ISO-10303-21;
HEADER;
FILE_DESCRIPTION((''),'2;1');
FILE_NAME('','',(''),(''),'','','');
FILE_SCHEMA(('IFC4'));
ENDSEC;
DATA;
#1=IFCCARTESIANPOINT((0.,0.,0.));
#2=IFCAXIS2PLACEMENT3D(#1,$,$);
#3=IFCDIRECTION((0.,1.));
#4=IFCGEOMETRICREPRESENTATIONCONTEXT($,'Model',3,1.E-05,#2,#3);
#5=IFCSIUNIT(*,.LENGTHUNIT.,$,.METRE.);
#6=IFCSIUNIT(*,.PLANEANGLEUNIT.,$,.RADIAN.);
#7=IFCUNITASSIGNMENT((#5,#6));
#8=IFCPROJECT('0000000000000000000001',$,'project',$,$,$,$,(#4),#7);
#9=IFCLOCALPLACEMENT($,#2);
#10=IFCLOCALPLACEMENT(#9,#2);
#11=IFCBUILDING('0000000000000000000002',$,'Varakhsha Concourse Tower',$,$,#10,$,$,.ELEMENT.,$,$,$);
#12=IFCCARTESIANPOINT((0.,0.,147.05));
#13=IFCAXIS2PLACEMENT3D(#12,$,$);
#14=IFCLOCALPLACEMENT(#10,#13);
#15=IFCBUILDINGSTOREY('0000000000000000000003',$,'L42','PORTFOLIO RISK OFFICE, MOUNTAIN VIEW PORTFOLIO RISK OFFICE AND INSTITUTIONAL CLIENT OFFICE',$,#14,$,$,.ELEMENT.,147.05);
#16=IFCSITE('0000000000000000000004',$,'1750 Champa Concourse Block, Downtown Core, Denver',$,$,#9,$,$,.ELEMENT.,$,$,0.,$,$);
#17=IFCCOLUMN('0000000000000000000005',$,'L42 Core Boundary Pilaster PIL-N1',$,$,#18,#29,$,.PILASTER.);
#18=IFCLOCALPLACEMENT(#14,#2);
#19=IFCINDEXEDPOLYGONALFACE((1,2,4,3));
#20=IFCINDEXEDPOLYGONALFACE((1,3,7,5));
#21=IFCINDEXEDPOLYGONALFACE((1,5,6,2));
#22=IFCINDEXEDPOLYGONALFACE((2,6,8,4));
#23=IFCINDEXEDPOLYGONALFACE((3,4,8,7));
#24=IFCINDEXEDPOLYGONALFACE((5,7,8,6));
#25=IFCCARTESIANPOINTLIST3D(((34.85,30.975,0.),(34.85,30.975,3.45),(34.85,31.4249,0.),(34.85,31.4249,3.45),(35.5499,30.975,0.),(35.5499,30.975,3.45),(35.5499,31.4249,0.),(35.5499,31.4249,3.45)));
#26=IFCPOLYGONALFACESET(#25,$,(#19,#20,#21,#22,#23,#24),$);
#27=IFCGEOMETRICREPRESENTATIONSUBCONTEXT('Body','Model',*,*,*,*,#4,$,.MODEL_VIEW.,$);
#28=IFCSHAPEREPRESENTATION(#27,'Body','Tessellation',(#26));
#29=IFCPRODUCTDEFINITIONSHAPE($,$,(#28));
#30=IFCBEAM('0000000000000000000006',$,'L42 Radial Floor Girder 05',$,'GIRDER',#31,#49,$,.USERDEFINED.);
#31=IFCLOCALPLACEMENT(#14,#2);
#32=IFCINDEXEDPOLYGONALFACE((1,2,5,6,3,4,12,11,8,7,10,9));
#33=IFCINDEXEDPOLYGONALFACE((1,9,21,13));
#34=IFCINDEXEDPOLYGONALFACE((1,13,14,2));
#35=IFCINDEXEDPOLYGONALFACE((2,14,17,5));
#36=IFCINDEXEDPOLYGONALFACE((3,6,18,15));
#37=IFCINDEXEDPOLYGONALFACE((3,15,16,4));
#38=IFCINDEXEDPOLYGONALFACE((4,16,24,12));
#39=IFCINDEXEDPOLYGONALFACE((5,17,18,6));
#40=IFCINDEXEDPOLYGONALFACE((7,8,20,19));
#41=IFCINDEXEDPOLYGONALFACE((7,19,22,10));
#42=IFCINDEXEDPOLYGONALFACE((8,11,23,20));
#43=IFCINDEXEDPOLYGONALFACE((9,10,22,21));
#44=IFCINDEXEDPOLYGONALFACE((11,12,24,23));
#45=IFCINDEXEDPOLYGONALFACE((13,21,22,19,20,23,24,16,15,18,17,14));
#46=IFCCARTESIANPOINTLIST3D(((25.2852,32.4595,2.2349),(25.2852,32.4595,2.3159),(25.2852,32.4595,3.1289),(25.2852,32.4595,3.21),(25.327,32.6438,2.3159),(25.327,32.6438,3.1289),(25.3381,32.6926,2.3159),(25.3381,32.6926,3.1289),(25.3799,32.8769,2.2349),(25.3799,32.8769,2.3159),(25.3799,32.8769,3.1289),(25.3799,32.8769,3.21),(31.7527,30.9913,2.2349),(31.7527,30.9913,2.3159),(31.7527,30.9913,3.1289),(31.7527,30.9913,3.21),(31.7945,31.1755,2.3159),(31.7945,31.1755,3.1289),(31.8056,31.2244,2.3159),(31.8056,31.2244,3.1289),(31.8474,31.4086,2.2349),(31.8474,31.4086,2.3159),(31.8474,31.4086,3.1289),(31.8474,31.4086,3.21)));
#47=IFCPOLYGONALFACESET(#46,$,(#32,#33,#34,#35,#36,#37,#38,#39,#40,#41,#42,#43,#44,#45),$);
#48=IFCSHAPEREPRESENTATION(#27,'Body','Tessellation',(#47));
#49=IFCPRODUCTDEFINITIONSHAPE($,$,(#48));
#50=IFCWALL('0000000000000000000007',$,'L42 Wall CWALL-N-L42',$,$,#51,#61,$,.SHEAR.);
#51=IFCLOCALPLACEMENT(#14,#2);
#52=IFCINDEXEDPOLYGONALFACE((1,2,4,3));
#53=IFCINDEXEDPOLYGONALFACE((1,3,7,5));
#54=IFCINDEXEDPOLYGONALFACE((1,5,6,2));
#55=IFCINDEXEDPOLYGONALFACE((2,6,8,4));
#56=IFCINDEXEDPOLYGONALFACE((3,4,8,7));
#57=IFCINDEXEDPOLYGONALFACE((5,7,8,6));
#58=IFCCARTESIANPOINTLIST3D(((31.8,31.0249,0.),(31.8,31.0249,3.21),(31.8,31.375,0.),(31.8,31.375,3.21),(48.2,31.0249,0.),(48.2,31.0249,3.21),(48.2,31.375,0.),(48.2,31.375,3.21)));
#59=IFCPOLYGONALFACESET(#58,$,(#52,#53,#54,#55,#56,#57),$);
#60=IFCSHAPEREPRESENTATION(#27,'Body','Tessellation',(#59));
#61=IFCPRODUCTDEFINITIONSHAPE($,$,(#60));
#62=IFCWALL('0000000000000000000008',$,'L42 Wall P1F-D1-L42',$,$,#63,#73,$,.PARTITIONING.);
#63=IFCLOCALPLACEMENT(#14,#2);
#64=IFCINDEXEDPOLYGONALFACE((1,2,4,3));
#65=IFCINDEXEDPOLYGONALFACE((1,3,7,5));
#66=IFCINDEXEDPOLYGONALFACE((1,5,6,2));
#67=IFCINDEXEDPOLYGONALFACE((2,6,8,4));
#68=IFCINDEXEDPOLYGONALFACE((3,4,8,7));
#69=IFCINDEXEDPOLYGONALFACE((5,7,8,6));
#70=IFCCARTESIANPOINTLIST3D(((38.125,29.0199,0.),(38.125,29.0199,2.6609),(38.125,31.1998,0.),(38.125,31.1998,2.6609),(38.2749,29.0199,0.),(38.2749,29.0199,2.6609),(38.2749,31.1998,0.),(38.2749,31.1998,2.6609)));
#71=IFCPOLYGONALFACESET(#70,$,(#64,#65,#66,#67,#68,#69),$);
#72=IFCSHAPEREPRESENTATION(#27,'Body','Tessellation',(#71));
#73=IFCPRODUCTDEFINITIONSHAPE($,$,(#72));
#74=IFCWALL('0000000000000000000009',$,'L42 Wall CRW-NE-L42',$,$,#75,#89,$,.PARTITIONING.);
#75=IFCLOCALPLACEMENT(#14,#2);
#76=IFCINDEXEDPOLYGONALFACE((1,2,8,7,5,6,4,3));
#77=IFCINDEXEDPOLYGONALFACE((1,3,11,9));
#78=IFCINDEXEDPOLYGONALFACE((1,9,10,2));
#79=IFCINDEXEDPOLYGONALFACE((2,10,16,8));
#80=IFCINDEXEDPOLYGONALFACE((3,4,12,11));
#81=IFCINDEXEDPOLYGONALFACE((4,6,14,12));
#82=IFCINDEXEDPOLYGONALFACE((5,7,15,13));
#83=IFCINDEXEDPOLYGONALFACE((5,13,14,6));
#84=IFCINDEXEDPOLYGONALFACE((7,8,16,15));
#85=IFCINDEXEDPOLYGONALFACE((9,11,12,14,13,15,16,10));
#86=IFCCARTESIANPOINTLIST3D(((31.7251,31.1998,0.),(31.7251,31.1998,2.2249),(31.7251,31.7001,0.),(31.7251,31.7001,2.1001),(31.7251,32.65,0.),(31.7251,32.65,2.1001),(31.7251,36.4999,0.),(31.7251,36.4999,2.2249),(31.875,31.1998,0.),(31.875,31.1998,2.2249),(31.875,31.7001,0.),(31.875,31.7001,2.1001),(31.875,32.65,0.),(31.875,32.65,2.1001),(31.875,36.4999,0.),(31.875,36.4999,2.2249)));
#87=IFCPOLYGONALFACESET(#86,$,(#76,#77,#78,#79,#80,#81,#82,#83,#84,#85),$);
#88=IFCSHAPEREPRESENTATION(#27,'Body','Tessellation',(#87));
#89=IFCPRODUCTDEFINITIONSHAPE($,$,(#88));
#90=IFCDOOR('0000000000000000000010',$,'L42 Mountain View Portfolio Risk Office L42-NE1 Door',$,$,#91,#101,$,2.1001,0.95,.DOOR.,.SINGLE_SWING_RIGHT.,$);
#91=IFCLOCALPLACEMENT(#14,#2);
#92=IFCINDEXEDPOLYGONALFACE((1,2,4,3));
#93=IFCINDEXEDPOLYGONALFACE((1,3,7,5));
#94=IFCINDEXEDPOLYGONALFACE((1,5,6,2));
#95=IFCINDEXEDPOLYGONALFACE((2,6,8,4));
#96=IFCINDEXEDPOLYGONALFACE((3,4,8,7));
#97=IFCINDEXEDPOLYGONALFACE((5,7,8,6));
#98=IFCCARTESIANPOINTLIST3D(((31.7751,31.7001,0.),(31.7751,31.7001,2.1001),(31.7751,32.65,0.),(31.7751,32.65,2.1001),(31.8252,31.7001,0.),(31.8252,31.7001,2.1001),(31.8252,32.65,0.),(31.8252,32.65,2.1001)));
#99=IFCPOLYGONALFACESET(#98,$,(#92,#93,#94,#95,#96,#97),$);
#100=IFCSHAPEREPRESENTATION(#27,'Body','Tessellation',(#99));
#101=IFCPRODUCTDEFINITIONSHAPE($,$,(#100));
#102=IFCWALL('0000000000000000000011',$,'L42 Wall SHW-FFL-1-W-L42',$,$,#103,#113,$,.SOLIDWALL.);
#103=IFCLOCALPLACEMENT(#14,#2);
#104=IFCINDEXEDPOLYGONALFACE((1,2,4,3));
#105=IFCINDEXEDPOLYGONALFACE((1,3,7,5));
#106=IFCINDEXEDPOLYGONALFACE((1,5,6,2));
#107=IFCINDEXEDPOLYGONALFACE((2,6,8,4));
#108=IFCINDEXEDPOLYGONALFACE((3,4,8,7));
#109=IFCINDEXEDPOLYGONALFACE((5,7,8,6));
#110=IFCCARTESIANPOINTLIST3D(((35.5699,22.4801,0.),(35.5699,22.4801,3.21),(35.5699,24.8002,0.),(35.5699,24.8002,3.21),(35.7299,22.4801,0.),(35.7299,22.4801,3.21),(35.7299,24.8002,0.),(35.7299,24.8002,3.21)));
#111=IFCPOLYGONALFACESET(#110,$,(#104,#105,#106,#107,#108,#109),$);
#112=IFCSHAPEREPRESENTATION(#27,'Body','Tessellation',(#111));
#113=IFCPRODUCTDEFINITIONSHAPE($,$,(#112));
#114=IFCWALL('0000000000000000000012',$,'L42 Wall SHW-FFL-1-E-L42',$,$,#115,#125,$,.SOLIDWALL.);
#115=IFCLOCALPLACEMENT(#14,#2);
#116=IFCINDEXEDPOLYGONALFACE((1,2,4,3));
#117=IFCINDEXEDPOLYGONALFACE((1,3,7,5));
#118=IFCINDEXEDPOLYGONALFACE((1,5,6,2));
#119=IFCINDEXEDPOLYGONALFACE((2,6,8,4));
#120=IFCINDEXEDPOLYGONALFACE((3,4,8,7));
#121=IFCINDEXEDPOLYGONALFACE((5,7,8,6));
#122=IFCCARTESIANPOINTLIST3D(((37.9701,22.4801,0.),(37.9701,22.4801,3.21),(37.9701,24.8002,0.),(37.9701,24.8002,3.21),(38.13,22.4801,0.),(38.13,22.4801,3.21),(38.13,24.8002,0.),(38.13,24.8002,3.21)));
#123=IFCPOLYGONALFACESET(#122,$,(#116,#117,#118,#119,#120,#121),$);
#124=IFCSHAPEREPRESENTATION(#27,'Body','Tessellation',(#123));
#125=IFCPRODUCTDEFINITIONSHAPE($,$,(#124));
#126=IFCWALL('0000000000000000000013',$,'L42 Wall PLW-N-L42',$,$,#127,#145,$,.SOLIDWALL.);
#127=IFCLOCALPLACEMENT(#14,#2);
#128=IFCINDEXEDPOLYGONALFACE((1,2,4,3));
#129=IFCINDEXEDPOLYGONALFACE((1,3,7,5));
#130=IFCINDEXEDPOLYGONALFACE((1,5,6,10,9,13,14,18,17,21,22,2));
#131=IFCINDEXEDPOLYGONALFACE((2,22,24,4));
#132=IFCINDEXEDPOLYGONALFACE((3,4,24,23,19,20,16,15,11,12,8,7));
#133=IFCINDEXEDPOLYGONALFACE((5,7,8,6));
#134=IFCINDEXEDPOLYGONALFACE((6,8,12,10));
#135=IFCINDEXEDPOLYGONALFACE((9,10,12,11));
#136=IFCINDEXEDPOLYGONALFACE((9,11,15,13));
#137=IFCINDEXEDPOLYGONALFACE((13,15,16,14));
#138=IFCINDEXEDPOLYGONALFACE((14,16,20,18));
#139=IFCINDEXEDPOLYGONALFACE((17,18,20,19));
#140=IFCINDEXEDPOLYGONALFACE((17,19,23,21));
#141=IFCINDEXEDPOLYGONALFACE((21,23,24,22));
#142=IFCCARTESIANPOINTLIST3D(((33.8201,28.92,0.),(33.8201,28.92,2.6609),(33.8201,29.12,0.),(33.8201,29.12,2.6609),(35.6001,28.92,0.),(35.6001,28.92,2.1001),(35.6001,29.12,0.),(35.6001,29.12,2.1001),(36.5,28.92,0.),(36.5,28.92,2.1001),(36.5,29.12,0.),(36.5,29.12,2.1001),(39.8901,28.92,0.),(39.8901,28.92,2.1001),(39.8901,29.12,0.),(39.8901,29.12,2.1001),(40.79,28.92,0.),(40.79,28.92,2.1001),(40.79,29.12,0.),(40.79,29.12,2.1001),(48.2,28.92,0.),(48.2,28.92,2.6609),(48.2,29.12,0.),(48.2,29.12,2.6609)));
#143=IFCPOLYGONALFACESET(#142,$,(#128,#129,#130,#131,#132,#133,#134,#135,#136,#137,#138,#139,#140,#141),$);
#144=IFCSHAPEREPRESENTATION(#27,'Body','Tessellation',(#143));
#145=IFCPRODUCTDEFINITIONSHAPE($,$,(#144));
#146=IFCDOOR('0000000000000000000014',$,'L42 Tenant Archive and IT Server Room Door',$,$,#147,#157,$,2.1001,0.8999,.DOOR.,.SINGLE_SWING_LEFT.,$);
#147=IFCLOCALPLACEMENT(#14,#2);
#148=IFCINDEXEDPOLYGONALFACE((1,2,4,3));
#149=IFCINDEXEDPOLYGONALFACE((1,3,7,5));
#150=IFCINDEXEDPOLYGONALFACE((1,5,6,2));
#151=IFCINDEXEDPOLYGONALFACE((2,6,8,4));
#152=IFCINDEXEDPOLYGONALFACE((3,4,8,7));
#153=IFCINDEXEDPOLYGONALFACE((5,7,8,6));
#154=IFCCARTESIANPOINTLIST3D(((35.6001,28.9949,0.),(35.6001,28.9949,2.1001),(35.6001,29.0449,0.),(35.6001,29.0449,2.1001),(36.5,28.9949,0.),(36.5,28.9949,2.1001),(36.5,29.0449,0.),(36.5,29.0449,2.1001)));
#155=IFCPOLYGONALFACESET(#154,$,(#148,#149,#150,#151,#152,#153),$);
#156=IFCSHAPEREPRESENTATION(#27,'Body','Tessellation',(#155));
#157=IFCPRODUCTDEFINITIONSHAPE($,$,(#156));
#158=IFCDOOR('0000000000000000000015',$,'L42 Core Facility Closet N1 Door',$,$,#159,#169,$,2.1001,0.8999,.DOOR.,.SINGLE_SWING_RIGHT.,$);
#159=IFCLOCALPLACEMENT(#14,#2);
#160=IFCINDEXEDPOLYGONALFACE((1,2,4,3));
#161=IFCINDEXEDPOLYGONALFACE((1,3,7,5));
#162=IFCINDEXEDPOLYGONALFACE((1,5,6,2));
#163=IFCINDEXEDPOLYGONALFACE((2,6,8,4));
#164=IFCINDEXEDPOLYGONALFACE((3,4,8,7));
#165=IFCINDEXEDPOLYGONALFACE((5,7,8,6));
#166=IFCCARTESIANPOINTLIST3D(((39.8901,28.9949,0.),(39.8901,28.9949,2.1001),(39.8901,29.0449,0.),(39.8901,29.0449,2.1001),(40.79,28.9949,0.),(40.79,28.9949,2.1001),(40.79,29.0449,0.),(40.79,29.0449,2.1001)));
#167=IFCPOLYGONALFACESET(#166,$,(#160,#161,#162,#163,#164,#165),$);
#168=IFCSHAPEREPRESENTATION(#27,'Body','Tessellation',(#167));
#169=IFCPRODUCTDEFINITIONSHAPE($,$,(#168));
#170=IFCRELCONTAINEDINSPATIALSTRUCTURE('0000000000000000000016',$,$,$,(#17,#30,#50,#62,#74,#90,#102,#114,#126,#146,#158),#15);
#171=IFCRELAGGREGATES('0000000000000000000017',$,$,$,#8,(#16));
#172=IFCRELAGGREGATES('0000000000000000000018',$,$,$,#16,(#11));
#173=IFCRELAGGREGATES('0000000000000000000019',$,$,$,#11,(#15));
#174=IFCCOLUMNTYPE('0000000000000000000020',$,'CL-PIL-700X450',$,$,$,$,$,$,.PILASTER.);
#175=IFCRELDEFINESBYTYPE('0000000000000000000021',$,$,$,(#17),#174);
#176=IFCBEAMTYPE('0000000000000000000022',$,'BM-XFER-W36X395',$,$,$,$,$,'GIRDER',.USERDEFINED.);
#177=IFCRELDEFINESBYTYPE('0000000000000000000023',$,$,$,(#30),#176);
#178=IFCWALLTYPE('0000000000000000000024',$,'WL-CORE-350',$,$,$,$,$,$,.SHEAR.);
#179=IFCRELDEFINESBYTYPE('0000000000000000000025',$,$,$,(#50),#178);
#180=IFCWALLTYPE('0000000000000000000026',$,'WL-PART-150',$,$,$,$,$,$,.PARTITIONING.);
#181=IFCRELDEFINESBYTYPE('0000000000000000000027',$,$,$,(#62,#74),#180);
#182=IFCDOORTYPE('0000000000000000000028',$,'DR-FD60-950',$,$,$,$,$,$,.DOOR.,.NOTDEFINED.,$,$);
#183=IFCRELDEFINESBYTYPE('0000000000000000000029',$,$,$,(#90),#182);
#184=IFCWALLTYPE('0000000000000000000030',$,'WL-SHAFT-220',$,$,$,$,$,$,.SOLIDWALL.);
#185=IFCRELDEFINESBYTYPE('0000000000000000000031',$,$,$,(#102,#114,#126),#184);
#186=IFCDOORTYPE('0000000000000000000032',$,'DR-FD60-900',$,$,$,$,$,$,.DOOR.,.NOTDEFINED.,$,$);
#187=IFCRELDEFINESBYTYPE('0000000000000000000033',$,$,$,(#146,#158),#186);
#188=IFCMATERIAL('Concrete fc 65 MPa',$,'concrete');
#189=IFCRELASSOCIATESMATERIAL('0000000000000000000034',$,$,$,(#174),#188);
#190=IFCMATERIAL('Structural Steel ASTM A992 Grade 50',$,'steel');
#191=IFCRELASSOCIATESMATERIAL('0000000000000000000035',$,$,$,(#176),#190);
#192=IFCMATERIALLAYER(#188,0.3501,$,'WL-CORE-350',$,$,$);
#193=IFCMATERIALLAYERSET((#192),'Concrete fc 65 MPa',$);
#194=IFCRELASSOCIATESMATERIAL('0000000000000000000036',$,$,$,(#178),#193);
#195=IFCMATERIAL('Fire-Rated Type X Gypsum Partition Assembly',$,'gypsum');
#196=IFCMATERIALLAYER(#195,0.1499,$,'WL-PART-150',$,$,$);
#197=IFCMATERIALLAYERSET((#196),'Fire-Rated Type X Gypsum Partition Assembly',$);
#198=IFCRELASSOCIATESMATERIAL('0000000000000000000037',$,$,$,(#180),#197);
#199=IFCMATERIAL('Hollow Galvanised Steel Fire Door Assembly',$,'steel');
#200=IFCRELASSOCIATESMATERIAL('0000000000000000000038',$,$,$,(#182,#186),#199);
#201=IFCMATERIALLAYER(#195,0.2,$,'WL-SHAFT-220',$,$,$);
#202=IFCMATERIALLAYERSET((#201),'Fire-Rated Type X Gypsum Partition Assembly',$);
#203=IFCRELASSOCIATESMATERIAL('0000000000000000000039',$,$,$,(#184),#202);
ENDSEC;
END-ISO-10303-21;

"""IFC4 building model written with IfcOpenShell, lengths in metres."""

from ifc_helpers import new_model, si_unit, direction, frame, frame_2d, origin, origin_2d, place, context, subcontext, project, spatial, rectangle, i_section, extrude, material, layer, layer_set, material_profile, profile_set, type_object, element, fill, save


model = new_model("IFC4")

# Units and contexts
model_context = context("Model", 3, precision=1e-05, world=origin(), true_north=direction((0.0, 1.0)))
body_context = subcontext(model_context, "Body", "Model", "MODEL_VIEW")
ifc_project = project(units=[si_unit("LENGTHUNIT", "METRE"), si_unit("PLANEANGLEUNIT", "RADIAN")], contexts=[model_context])

# Site, building, storey
site_placement = place(None, origin())
site = spatial("IfcSite", under=ifc_project, at=site_placement, Name="1750 Champa Concourse Block, Downtown Core, Denver", CompositionType="ELEMENT", RefElevation=0.0)
building_placement = place(site_placement, origin())
building = spatial("IfcBuilding", under=site, at=building_placement, Name="Varakhsha Concourse Tower", CompositionType="ELEMENT")
storey_placement = place(building_placement, frame((0.0, 0.0, 147.05)))
storey = spatial("IfcBuildingStorey", under=building, at=storey_placement, Name="L42", Description="PORTFOLIO RISK OFFICE, MOUNTAIN VIEW PORTFOLIO RISK OFFICE AND INSTITUTIONAL CLIENT OFFICE", CompositionType="ELEMENT", Elevation=147.05)

# Column
ifc_material_1 = material(Name="Concrete fc 65 MPa", Category="concrete")
ifc_material_profile_1 = material_profile(ifc_material_1, rectangle(XDim=0.7, YDim=0.45, at=origin_2d()), Name="RC 700x450")
ifc_profile_set_1 = profile_set([ifc_material_profile_1], Name="Concrete fc 65 MPa")
column_type = type_object("IfcColumnType", Name="CL-PIL-700X450", PredefinedType="PILASTER", material=ifc_profile_set_1)
column_placement = place(storey_placement, frame((35.2, 31.2, 0.0), z_axis=(0.0, 0.0, 1.0), x_axis=(1.0, 0.0, 0.0)))
element("IfcColumn", 1, at=column_placement, inside=storey, type_object=column_type, Name="L42 Core Boundary Pilaster PIL-N1", PredefinedType="PILASTER", context=body_context, shape_type="SweptSolid", body=[
    extrude(rectangle(XDim=0.7, YDim=0.45, at=origin_2d()), origin(), (0.0, 0.0, 1.0), 3.45),
])

# Beam
ifc_material_2 = material(Name="Structural Steel ASTM A992 Grade 50", Category="steel")
ifc_material_profile_2 = material_profile(ifc_material_2, i_section(OverallWidth=0.428, OverallDepth=0.9751, WebThickness=0.05, FlangeThickness=0.0811, at=origin_2d()), Name="W36X395")
ifc_profile_set_2 = profile_set([ifc_material_profile_2], Name="Structural Steel ASTM A992 Grade 50")
beam_type = type_object("IfcBeamType", Name="BM-XFER-W36X395", ElementType="GIRDER", PredefinedType="USERDEFINED", material=ifc_profile_set_2)
beam_placement = place(storey_placement, frame((31.8, 31.2, 2.7224), z_axis=(-0.975186, 0.221387, 0.0), x_axis=(-0.221387, -0.975186, 0.0)))
element("IfcBeam", 2, at=beam_placement, inside=storey, type_object=beam_type, Name="L42 Radial Floor Girder 05", ObjectType="GIRDER", PredefinedType="USERDEFINED", context=body_context, shape_type="SweptSolid", body=[
    extrude(i_section(OverallWidth=0.428, OverallDepth=0.9751, WebThickness=0.05, FlangeThickness=0.0811, at=origin_2d()), origin(), (0.0, 0.0, 1.0), 6.6321),
])

# Walls
ifc_layer_1 = layer(ifc_material_1, 0.3501, Name="WL-CORE-350")
ifc_layer_set_1 = layer_set([ifc_layer_1], Name="Concrete fc 65 MPa")
wall_type_1 = type_object("IfcWallType", Name="WL-CORE-350", PredefinedType="SHEAR", material=ifc_layer_set_1)
wall_1_placement = place(storey_placement, frame((31.8, 31.2, 0.0), z_axis=(0.0, 0.0, 1.0), x_axis=(1.0, 0.0, 0.0)))
element("IfcWall", 3, at=wall_1_placement, inside=storey, type_object=wall_type_1, Name="L42 Wall CWALL-N-L42", PredefinedType="SHEAR", context=body_context, shape_type="SweptSolid", body=[
    extrude(rectangle(XDim=16.3999, YDim=0.3501, at=frame_2d((8.2, 0.0))), origin(), (0.0, 0.0, 1.0), 3.21),
])
ifc_material_3 = material(Name="Fire-Rated Type X Gypsum Partition Assembly", Category="gypsum")
ifc_layer_2 = layer(ifc_material_3, 0.1499, Name="WL-PART-150")
ifc_layer_set_2 = layer_set([ifc_layer_2], Name="Fire-Rated Type X Gypsum Partition Assembly")
wall_type_2 = type_object("IfcWallType", Name="WL-PART-150", PredefinedType="PARTITIONING", material=ifc_layer_set_2)
wall_2_placement = place(storey_placement, frame((38.2, 29.02, 0.0), z_axis=(0.0, 0.0, 1.0), x_axis=(0.0, 1.0, 0.0)))
element("IfcWall", 4, at=wall_2_placement, inside=storey, type_object=wall_type_2, Name="L42 Wall P1F-D1-L42", PredefinedType="PARTITIONING", context=body_context, shape_type="SweptSolid", body=[
    extrude(rectangle(XDim=2.1799, YDim=0.1499, at=frame_2d((1.0898, 0.0))), origin(), (0.0, 0.0, 1.0), 2.6609),
])

# Wall, opening, door
wall_3_placement = place(storey_placement, frame((31.8, 31.2, 0.0), z_axis=(0.0, 0.0, 1.0), x_axis=(0.0, 1.0, 0.0)))
wall_3 = element("IfcWall", 5, at=wall_3_placement, inside=storey, type_object=wall_type_2, Name="L42 Wall CRW-NE-L42", PredefinedType="PARTITIONING", context=body_context, shape_type="SweptSolid", body=[
    extrude(rectangle(XDim=5.3, YDim=0.1499, at=frame_2d((2.6499, 0.0))), origin(), (0.0, 0.0, 1.0), 2.2249),
])
opening_1_placement = place(wall_3_placement, frame((0.5, 0.0, 0.0)))
opening_1 = element("IfcOpeningElement", 6, at=opening_1_placement, cuts=wall_3, PredefinedType="OPENING", context=body_context, shape_type="SweptSolid", body=[
    extrude(rectangle(XDim=0.95, YDim=2.1001, at=frame_2d((0.4751, 1.05))), frame((0.0, 0.085, 0.0), z_axis=(0.0, -1.0, 0.0), x_axis=(1.0, 0.0, 0.0)), (0.0, 0.0, 1.0), 0.1699),
])
ifc_material_4 = material(Name="Hollow Galvanised Steel Fire Door Assembly", Category="steel")
door_type_1 = type_object("IfcDoorType", Name="DR-FD60-950", OperationType="NOTDEFINED", PredefinedType="DOOR", material=ifc_material_4)
door_1_placement = place(opening_1_placement, origin())
door_1 = element("IfcDoor", 7, at=door_1_placement, inside=storey, type_object=door_type_1, Name="L42 Mountain View Portfolio Risk Office L42-NE1 Door", OperationType="SINGLE_SWING_RIGHT", OverallHeight=2.1001, OverallWidth=0.95, PredefinedType="DOOR", context=body_context, shape_type="SweptSolid", body=[
    extrude(rectangle(XDim=0.95, YDim=2.1001, at=frame_2d((0.4751, 1.05))), frame((0.0, 0.0249, 0.0), z_axis=(0.0, -1.0, 0.0), x_axis=(1.0, 0.0, 0.0)), (0.0, 0.0, 1.0), 0.05),
])
fill(opening_1, door_1)

# Shared definitions
ifc_layer_3 = layer(ifc_material_3, 0.2, Name="WL-SHAFT-220")
ifc_layer_set_3 = layer_set([ifc_layer_3], Name="Fire-Rated Type X Gypsum Partition Assembly")
wall_type_3 = type_object("IfcWallType", Name="WL-SHAFT-220", PredefinedType="SOLIDWALL", material=ifc_layer_set_3)

# Walls
for number, where, z_axis, x_axis, name in (
    (8, (35.6499, 22.48, 0.0), (0.0, 0.0, 1.0), (0.0, 1.0, 0.0), "L42 Wall SHW-FFL-1-W-L42"),
    (9, (38.05, 22.48, 0.0), (0.0, 0.0, 1.0), (0.0, 1.0, 0.0), "L42 Wall SHW-FFL-1-E-L42"),
):
    element("IfcWall", number, at=place(storey_placement, frame(where, z_axis=z_axis, x_axis=x_axis)), inside=storey, type_object=wall_type_3, Name=name, PredefinedType="SOLIDWALL", context=body_context, shape_type="SweptSolid", body=[
        extrude(rectangle(XDim=2.3201, YDim=0.1599, at=frame_2d((1.1602, 0.0))), origin(), (0.0, 0.0, 1.0), 3.21),
    ])

# Wall, openings, doors
wall_4_placement = place(storey_placement, frame((33.8201, 29.02, 0.0), z_axis=(0.0, 0.0, 1.0), x_axis=(1.0, 0.0, 0.0)))
wall_4 = element("IfcWall", 10, at=wall_4_placement, inside=storey, type_object=wall_type_3, Name="L42 Wall PLW-N-L42", PredefinedType="SOLIDWALL", context=body_context, shape_type="SweptSolid", body=[
    extrude(rectangle(XDim=14.3799, YDim=0.2, at=frame_2d((7.1899, 0.0))), origin(), (0.0, 0.0, 1.0), 2.6609),
])
opening_2_placement = place(wall_4_placement, frame((1.78, 0.0, 0.0)))
opening_2 = element("IfcOpeningElement", 11, at=opening_2_placement, cuts=wall_4, PredefinedType="OPENING", context=body_context, shape_type="SweptSolid", body=[
    extrude(rectangle(XDim=0.8999, YDim=2.1001, at=frame_2d((0.45, 1.05))), frame((0.0, 0.1099, 0.0), z_axis=(0.0, -1.0, 0.0), x_axis=(1.0, 0.0, 0.0)), (0.0, 0.0, 1.0), 0.22),
])
opening_3_placement = place(wall_4_placement, frame((6.0701, 0.0, 0.0)))
opening_3 = element("IfcOpeningElement", 12, at=opening_3_placement, cuts=wall_4, PredefinedType="OPENING", context=body_context, shape_type="SweptSolid", body=[
    extrude(rectangle(XDim=0.8999, YDim=2.1001, at=frame_2d((0.45, 1.05))), frame((0.0, 0.1099, 0.0), z_axis=(0.0, -1.0, 0.0), x_axis=(1.0, 0.0, 0.0)), (0.0, 0.0, 1.0), 0.22),
])
door_type_2 = type_object("IfcDoorType", Name="DR-FD60-900", OperationType="NOTDEFINED", PredefinedType="DOOR", material=ifc_material_4)
door_2_placement = place(opening_2_placement, origin())
door_2 = element("IfcDoor", 13, at=door_2_placement, inside=storey, type_object=door_type_2, Name="L42 Tenant Archive and IT Server Room Door", OperationType="SINGLE_SWING_LEFT", OverallHeight=2.1001, OverallWidth=0.8999, PredefinedType="DOOR", context=body_context, shape_type="SweptSolid", body=[
    extrude(rectangle(XDim=0.8999, YDim=2.1001, at=frame_2d((0.45, 1.05))), frame((0.0, 0.0249, 0.0), z_axis=(0.0, -1.0, 0.0), x_axis=(1.0, 0.0, 0.0)), (0.0, 0.0, 1.0), 0.05),
])
fill(opening_2, door_2)
door_3_placement = place(opening_3_placement, origin())
door_3 = element("IfcDoor", 14, at=door_3_placement, inside=storey, type_object=door_type_2, Name="L42 Core Facility Closet N1 Door", OperationType="SINGLE_SWING_RIGHT", OverallHeight=2.1001, OverallWidth=0.8999, PredefinedType="DOOR", context=body_context, shape_type="SweptSolid", body=[
    extrude(rectangle(XDim=0.8999, YDim=2.1001, at=frame_2d((0.45, 1.05))), frame((0.0, 0.0249, 0.0), z_axis=(0.0, -1.0, 0.0), x_axis=(1.0, 0.0, 0.0)), (0.0, 0.0, 1.0), 0.05),
])
fill(opening_3, door_3)

save(model, "model.ifc")
